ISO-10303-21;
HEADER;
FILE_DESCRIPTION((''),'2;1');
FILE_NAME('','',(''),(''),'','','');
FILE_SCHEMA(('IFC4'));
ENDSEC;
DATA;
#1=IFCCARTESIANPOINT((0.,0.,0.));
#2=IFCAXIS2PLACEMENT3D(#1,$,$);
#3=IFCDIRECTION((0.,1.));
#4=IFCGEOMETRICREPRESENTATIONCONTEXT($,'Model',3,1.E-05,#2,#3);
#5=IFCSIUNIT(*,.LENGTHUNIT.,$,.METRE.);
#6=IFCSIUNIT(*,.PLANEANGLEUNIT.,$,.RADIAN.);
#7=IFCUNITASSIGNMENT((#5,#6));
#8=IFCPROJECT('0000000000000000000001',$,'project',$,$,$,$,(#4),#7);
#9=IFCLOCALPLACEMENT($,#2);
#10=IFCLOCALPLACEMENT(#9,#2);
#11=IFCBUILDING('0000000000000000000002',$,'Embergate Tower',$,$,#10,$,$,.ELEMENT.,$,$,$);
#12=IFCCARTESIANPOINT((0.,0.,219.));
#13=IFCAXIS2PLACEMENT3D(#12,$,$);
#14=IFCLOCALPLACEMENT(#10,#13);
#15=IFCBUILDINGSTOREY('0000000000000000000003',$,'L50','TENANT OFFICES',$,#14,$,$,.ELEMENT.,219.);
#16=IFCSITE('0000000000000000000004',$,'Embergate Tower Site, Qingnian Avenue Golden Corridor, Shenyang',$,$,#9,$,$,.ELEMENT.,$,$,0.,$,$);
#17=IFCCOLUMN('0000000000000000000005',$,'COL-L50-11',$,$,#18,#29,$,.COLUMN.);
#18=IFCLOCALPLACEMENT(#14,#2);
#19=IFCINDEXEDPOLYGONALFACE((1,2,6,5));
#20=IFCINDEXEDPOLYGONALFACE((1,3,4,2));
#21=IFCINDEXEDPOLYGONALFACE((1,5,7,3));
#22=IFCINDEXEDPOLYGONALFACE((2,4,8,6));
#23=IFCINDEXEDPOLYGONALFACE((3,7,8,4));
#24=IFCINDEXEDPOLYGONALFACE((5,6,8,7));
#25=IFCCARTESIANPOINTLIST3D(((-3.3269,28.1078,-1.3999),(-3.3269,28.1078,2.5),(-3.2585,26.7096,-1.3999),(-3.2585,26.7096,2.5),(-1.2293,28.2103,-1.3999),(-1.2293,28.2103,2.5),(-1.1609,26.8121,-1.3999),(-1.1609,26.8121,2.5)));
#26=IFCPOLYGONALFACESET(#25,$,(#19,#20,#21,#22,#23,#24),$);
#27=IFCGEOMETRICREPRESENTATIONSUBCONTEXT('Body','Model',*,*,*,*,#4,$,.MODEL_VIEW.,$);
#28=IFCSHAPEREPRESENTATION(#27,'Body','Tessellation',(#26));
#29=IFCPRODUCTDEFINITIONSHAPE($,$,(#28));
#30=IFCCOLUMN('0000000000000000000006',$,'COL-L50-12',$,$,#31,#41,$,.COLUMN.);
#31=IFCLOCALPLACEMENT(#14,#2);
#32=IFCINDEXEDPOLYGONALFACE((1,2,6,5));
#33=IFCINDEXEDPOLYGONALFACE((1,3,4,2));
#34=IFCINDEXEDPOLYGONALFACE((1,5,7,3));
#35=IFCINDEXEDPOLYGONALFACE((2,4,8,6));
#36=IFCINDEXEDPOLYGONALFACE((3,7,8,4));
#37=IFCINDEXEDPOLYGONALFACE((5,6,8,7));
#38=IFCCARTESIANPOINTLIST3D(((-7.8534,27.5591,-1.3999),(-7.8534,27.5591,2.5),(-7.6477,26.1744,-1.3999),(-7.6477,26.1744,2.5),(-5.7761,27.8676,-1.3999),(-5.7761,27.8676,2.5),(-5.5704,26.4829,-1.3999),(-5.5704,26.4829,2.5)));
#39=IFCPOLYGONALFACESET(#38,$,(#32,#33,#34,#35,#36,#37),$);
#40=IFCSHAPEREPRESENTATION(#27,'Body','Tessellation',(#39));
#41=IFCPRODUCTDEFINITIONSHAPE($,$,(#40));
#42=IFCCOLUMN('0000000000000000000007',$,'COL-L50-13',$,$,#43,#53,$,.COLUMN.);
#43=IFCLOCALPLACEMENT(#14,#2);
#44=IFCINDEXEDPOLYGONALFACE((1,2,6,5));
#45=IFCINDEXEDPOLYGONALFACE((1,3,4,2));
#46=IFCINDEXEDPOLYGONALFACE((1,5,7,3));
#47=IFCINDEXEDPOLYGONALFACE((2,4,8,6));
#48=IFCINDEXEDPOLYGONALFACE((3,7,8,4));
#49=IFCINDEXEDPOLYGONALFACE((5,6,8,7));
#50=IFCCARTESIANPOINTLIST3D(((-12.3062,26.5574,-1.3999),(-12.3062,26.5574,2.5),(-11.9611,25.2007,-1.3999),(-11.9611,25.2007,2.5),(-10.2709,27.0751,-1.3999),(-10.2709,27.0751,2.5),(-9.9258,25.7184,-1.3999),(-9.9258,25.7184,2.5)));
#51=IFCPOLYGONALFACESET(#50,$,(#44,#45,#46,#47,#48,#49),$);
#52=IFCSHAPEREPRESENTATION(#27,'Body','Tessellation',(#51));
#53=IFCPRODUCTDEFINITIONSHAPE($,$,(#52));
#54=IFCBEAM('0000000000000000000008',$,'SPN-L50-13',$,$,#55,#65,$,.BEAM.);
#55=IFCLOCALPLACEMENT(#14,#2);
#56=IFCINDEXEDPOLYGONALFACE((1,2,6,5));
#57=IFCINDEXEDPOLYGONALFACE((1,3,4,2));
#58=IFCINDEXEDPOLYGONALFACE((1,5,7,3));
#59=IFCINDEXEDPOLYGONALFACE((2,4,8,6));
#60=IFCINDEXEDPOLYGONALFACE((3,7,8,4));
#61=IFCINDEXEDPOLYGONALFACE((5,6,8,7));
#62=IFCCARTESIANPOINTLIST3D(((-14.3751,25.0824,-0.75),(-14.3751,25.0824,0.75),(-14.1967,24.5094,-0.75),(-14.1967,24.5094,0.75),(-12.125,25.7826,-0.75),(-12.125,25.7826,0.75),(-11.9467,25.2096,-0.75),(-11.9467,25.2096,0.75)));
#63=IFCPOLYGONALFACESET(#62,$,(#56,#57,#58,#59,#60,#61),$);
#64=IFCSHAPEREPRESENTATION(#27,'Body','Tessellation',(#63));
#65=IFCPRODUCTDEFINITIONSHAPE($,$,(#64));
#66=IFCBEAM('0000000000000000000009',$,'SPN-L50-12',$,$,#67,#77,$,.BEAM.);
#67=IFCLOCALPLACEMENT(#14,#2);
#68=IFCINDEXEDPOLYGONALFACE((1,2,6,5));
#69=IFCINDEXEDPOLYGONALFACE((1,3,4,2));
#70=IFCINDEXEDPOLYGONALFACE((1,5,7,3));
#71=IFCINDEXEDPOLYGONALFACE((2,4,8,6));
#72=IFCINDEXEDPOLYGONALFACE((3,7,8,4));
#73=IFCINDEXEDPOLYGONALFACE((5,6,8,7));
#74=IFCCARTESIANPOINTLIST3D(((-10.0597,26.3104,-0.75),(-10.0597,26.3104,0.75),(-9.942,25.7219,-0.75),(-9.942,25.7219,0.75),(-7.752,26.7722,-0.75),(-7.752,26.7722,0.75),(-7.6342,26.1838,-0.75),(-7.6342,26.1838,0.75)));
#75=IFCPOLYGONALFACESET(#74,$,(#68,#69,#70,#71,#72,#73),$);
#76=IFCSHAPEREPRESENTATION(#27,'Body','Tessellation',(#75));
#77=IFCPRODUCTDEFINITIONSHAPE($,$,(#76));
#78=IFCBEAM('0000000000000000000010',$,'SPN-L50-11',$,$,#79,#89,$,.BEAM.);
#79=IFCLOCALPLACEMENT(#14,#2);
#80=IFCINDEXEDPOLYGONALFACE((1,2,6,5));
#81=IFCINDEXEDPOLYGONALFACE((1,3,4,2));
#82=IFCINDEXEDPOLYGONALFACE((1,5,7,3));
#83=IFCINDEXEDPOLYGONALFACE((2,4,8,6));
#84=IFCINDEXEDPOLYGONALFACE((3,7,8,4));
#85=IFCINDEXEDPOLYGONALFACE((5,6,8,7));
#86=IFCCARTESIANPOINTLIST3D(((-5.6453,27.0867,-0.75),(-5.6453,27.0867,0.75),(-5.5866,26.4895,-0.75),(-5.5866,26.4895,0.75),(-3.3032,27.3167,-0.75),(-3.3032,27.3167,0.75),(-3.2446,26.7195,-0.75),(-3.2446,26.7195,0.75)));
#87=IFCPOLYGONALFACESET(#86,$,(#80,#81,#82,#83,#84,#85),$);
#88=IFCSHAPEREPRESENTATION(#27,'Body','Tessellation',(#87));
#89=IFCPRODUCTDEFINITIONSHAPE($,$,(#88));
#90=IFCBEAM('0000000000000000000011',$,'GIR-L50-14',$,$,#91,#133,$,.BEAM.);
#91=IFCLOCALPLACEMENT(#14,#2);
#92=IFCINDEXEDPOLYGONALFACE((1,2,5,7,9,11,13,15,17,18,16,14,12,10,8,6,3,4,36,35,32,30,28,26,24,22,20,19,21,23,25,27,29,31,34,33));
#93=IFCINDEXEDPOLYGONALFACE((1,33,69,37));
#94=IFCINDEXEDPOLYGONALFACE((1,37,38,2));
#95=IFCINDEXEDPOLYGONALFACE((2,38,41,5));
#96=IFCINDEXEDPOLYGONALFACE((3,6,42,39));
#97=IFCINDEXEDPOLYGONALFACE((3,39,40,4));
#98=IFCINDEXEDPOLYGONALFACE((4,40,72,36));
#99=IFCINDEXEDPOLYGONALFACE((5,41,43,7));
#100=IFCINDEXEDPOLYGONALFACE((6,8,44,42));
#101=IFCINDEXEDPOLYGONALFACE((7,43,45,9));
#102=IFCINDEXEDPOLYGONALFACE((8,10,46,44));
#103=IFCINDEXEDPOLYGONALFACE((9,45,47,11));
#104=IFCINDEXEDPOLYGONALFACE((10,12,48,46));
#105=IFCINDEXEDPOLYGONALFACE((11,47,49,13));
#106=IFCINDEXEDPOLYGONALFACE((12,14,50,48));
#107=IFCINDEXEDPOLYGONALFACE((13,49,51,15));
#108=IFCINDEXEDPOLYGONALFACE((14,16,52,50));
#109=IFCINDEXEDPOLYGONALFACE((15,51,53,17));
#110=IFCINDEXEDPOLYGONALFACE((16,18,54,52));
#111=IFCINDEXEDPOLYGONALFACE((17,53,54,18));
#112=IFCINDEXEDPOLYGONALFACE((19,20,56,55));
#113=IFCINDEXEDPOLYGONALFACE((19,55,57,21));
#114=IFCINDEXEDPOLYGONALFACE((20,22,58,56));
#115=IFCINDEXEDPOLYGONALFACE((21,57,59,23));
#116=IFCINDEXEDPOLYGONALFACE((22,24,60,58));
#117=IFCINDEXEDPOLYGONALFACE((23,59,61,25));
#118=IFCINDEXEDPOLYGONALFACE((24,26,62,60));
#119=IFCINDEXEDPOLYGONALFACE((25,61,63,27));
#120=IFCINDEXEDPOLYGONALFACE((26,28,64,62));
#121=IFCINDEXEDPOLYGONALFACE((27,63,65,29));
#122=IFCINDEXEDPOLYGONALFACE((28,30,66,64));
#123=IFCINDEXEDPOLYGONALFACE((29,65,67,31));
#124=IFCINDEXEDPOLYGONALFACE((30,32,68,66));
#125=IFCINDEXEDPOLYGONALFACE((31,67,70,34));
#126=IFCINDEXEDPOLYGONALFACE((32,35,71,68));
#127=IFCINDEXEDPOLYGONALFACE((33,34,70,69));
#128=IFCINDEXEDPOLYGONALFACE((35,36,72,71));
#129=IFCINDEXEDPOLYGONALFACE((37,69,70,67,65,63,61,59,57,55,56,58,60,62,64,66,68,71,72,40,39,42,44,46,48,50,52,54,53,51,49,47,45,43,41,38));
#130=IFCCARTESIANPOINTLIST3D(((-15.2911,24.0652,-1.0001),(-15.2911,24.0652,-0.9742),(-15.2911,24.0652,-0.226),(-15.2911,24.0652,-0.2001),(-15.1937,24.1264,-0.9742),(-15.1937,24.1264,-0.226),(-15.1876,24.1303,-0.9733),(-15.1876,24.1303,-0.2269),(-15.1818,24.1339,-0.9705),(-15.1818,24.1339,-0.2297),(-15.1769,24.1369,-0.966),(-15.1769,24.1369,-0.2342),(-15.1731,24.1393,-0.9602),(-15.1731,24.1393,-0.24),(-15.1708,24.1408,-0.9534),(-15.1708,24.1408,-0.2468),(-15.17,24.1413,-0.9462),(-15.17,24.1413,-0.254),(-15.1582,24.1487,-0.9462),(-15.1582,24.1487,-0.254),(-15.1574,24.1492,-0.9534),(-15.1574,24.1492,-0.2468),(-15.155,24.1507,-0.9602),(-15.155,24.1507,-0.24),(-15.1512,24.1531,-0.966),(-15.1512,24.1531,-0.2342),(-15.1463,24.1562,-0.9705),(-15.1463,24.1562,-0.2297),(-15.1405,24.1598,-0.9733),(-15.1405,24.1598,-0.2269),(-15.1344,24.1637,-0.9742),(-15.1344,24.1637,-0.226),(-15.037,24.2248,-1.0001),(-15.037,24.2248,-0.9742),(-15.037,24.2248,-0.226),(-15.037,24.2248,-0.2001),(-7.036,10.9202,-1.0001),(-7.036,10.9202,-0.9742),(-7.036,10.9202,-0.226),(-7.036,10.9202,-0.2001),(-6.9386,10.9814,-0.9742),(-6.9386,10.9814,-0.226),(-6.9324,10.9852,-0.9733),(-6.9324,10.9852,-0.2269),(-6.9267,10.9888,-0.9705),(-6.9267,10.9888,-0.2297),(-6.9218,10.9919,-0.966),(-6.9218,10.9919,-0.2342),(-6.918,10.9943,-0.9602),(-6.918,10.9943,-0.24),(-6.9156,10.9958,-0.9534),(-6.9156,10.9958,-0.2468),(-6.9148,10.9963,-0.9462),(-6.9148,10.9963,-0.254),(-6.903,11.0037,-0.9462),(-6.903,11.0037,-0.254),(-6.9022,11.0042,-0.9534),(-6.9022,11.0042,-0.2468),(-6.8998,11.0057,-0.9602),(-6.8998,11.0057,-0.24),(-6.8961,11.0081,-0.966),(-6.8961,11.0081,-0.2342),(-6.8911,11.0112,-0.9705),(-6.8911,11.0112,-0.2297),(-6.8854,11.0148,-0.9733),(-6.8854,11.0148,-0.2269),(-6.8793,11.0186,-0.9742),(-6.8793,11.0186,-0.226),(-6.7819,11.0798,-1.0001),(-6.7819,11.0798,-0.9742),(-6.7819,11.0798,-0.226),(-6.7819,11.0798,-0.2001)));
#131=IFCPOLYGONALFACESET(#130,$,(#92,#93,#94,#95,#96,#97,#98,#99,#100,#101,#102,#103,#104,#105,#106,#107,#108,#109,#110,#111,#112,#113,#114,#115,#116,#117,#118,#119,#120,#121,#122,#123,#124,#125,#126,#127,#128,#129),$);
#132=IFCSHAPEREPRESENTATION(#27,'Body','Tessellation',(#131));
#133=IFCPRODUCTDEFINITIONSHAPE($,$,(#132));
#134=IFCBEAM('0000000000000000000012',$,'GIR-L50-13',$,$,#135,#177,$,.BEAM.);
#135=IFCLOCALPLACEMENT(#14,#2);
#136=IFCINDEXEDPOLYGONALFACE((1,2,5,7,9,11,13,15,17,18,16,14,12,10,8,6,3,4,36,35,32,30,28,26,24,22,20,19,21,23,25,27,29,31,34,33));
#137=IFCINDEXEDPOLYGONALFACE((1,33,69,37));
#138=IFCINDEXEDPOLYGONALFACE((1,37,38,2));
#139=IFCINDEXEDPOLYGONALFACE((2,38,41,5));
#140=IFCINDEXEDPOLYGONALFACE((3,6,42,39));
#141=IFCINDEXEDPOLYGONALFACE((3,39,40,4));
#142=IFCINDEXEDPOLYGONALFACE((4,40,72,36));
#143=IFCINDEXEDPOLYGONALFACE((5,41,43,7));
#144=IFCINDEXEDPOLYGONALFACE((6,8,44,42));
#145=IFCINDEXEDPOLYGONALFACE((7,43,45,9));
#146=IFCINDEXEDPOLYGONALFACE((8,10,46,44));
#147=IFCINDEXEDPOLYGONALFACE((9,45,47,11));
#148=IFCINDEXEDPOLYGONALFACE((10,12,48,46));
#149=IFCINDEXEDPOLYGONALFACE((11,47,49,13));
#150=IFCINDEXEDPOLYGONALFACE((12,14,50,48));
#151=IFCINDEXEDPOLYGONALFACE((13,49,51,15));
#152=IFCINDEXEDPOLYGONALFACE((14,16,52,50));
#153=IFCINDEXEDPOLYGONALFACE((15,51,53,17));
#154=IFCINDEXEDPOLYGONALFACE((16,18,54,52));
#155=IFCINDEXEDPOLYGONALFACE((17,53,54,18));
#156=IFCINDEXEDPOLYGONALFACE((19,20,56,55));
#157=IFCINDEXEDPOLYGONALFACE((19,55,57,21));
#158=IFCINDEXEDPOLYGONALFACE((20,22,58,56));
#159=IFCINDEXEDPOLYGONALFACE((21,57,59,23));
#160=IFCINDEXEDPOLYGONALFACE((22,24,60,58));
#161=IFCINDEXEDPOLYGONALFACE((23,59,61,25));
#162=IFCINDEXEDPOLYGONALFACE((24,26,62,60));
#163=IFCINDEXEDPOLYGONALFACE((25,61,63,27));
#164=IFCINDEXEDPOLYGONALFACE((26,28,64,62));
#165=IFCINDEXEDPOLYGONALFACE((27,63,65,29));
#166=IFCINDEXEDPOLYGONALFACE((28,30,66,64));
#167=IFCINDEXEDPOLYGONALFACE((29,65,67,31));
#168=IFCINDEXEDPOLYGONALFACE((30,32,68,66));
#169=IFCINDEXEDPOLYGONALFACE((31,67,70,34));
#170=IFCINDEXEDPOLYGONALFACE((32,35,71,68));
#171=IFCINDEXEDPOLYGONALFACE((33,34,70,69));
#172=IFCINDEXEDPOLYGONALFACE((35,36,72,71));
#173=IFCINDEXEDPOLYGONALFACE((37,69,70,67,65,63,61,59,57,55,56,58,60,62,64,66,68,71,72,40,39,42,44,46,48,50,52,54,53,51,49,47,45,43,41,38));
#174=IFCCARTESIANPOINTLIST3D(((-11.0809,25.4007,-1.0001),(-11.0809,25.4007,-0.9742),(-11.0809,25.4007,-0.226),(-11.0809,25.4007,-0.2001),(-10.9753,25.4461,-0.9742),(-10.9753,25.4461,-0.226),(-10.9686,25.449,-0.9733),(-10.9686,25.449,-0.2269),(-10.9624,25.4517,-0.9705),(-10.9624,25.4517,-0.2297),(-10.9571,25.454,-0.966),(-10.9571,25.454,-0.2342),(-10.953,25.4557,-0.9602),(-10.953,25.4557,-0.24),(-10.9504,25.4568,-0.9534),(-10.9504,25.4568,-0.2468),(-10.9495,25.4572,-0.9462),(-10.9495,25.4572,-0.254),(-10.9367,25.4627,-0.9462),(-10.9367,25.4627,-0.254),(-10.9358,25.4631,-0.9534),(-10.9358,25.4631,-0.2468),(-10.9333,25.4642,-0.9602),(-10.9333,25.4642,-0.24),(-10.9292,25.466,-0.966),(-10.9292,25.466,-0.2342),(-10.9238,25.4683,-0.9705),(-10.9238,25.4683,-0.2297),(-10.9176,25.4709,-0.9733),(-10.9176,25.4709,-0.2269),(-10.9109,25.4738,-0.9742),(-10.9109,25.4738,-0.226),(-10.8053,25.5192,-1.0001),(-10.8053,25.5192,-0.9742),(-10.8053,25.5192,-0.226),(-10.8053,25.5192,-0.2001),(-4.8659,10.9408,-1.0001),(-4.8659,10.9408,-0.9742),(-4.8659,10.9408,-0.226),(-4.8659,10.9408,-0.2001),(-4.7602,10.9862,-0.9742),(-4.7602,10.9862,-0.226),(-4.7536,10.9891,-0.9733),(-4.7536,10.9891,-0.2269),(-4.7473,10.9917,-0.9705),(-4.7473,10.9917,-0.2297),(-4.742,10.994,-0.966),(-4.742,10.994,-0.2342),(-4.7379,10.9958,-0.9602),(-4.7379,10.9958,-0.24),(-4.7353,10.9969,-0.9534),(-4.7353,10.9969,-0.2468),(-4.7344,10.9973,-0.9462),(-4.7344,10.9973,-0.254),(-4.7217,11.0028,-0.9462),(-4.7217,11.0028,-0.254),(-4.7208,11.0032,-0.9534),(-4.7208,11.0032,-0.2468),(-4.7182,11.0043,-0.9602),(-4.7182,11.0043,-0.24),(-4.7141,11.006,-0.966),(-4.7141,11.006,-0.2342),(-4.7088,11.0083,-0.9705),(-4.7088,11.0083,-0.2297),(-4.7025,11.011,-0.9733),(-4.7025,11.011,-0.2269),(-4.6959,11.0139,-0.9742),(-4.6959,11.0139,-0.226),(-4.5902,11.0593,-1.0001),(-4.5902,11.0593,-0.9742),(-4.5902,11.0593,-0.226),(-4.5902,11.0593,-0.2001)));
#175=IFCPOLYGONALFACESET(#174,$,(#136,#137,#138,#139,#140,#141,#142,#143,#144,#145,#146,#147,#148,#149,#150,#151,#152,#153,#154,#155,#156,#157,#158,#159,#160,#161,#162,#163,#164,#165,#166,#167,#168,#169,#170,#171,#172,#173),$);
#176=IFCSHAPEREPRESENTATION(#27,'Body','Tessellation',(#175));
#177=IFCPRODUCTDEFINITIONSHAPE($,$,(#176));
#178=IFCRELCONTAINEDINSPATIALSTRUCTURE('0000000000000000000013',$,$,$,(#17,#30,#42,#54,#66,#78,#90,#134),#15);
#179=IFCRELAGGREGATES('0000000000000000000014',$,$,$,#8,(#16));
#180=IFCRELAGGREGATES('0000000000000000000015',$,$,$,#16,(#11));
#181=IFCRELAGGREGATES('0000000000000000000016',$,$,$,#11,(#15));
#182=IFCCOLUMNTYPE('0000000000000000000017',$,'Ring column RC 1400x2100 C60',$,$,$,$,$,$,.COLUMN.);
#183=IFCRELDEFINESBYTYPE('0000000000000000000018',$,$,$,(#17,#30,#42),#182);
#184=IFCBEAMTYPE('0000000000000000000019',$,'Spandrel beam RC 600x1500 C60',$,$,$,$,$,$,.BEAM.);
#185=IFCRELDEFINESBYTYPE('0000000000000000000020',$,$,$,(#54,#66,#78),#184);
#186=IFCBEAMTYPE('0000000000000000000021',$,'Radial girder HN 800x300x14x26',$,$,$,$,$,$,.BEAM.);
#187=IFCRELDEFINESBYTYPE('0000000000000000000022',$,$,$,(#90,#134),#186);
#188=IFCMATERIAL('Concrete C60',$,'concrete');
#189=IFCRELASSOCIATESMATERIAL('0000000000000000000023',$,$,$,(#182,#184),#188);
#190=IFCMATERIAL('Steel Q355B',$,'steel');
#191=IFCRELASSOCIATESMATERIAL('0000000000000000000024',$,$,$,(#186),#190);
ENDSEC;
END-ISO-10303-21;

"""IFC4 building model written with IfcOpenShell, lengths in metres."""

from ifc_helpers import new_model, si_unit, direction, frame, origin, origin_2d, place, context, subcontext, project, spatial, rectangle, i_section, extrude, source, transform, mapped, material, material_profile, profile_set, type_object, element, save


model = new_model("IFC4")

# Units and contexts
model_context = context("Model", 3, precision=1e-05, world=origin(), true_north=direction((0.0, 1.0)))
body_context = subcontext(model_context, "Body", "Model", "MODEL_VIEW")
ifc_project = project(units=[si_unit("LENGTHUNIT", "METRE"), si_unit("PLANEANGLEUNIT", "RADIAN")], contexts=[model_context])

# Site, building, storey
site_placement = place(None, origin())
site = spatial("IfcSite", under=ifc_project, at=site_placement, Name="Embergate Tower Site, Qingnian Avenue Golden Corridor, Shenyang", CompositionType="ELEMENT", RefElevation=0.0)
building_placement = place(site_placement, origin())
building = spatial("IfcBuilding", under=site, at=building_placement, Name="Embergate Tower", CompositionType="ELEMENT")
storey_placement = place(building_placement, frame((0.0, 0.0, 219.0)))
storey = spatial("IfcBuildingStorey", under=building, at=storey_placement, Name="L50", Description="TENANT OFFICES", CompositionType="ELEMENT", Elevation=219.0)

# Columns
ifc_material_1 = material(Name="Concrete C60", Category="concrete")
ifc_material_profile_1 = material_profile(ifc_material_1, rectangle(XDim=1.3999, YDim=2.1001, at=origin_2d()), Name="RC 1400x2100")
ifc_profile_set_1 = profile_set([ifc_material_profile_1], Name="Concrete C60")
column_type = type_object("IfcColumnType", Name="Ring column RC 1400x2100 C60", PredefinedType="COLUMN", material=ifc_profile_set_1)
shared_shape_1 = source(origin(), body_context, "Body", "SweptSolid", [
    extrude(rectangle(XDim=1.3999, YDim=2.1001, at=origin_2d()), origin(), (0.0, 0.0, 1.0), 3.8999),
])
for number, where, z_axis, x_axis, name in (
    (1, (-2.2439, 27.46, -1.3999), (0.0, 0.0, 1.0), (-0.048815, 0.998808, 0.0), "COL-L50-11"),
    (2, (-6.7119, 27.021, -1.3999), (0.0, 0.0, 1.0), (-0.146929, 0.989147, 0.0), "COL-L50-12"),
    (3, (-11.116, 26.1379, -1.3999), (0.0, 0.0, 1.0), (-0.246509, 0.969141, 0.0), "COL-L50-13"),
):
    element("IfcColumn", number, at=place(storey_placement, frame(where, z_axis=z_axis, x_axis=x_axis)), inside=storey, type_object=column_type, Name=name, PredefinedType="COLUMN", context=body_context, shape_type="MappedRepresentation", body=[
        mapped(shared_shape_1, transform((0.0, 0.0, 0.0))),
    ])

# Beams
ifc_material_profile_2 = material_profile(ifc_material_1, rectangle(XDim=0.6001, YDim=1.5, at=origin_2d()), Name="RC 600x1500")
ifc_profile_set_2 = profile_set([ifc_material_profile_2], Name="Concrete C60")
beam_type_1 = type_object("IfcBeamType", Name="Spandrel beam RC 600x1500 C60", PredefinedType="BEAM", material=ifc_profile_set_2)
shared_shape_2 = source(origin(), body_context, "Body", "SweptSolid", [
    extrude(rectangle(XDim=0.6001, YDim=1.5, at=origin_2d()), origin(), (0.0, 0.0, 1.0), 2.3564),
])
beam_1_placement = place(storey_placement, frame((-12.0359, 25.4961, 0.0), z_axis=(-0.954833, -0.297142, 0.0), x_axis=(0.297142, -0.954833, 0.0)))
element("IfcBeam", 4, at=beam_1_placement, inside=storey, type_object=beam_type_1, Name="SPN-L50-13", PredefinedType="BEAM", context=body_context, shape_type="MappedRepresentation", body=[
    mapped(shared_shape_2, transform((0.0, 0.0, 0.0))),
])
shared_shape_3 = source(origin(), body_context, "Body", "SweptSolid", [
    extrude(rectangle(XDim=0.6001, YDim=1.5, at=origin_2d()), origin(), (0.0, 0.0, 1.0), 2.3535),
])
beam_2_placement = place(storey_placement, frame((-7.6931, 26.478, 0.0), z_axis=(-0.980553, -0.196256, 0.0), x_axis=(0.196256, -0.980553, 0.0)))
element("IfcBeam", 5, at=beam_2_placement, inside=storey, type_object=beam_type_1, Name="SPN-L50-12", PredefinedType="BEAM", context=body_context, shape_type="MappedRepresentation", body=[
    mapped(shared_shape_3, transform((0.0, 0.0, 0.0))),
])
shared_shape_4 = source(origin(), body_context, "Body", "SweptSolid", [
    extrude(rectangle(XDim=0.6001, YDim=1.5, at=origin_2d()), origin(), (0.0, 0.0, 1.0), 2.3533),
])
beam_3_placement = place(storey_placement, frame((-3.2739, 27.0181, 0.0), z_axis=(-0.995213, -0.097727, 0.0), x_axis=(0.097727, -0.995213, 0.0)))
element("IfcBeam", 6, at=beam_3_placement, inside=storey, type_object=beam_type_1, Name="SPN-L50-11", PredefinedType="BEAM", context=body_context, shape_type="MappedRepresentation", body=[
    mapped(shared_shape_4, transform((0.0, 0.0, 0.0))),
])
ifc_material_2 = material(Name="Steel Q355B", Category="steel")
ifc_material_profile_3 = material_profile(ifc_material_2, i_section(OverallWidth=0.3, OverallDepth=0.8, WebThickness=0.0139, FlangeThickness=0.0259, FilletRadius=0.0281, at=origin_2d()), Name="HN 800x300x14x26")
ifc_profile_set_3 = profile_set([ifc_material_profile_3], Name="Steel Q355 grade B")
beam_type_2 = type_object("IfcBeamType", Name="Radial girder HN 800x300x14x26", PredefinedType="BEAM", material=ifc_profile_set_3)
shared_shape_5 = source(origin(), body_context, "Body", "SweptSolid", [
    extrude(i_section(OverallWidth=0.3, OverallDepth=0.8, WebThickness=0.0139, FlangeThickness=0.0259, FilletRadius=0.0281, at=origin_2d()), origin(), (0.0, 0.0, 1.0), 15.5222),
])
beam_4_placement = place(storey_placement, frame((-15.1641, 24.145, -0.6001), z_axis=(0.531827, -0.846853, 0.0), x_axis=(0.846853, 0.531827, 0.0)))
element("IfcBeam", 7, at=beam_4_placement, inside=storey, type_object=beam_type_2, Name="GIR-L50-14", PredefinedType="BEAM", context=body_context, shape_type="MappedRepresentation", body=[
    mapped(shared_shape_5, transform((0.0, 0.0, 0.0))),
])
shared_shape_6 = source(origin(), body_context, "Body", "SweptSolid", [
    extrude(i_section(OverallWidth=0.3, OverallDepth=0.8, WebThickness=0.0139, FlangeThickness=0.0259, FilletRadius=0.0281, at=origin_2d()), origin(), (0.0, 0.0, 1.0), 15.739),
])
beam_5_placement = place(storey_placement, frame((-10.9431, 25.46, -0.6001), z_axis=(0.394883, -0.918731, 0.0), x_axis=(0.918731, 0.394883, 0.0)))
element("IfcBeam", 8, at=beam_5_placement, inside=storey, type_object=beam_type_2, Name="GIR-L50-13", PredefinedType="BEAM", context=body_context, shape_type="MappedRepresentation", body=[
    mapped(shared_shape_6, transform((0.0, 0.0, 0.0))),
])

save(model, "model.ifc")
